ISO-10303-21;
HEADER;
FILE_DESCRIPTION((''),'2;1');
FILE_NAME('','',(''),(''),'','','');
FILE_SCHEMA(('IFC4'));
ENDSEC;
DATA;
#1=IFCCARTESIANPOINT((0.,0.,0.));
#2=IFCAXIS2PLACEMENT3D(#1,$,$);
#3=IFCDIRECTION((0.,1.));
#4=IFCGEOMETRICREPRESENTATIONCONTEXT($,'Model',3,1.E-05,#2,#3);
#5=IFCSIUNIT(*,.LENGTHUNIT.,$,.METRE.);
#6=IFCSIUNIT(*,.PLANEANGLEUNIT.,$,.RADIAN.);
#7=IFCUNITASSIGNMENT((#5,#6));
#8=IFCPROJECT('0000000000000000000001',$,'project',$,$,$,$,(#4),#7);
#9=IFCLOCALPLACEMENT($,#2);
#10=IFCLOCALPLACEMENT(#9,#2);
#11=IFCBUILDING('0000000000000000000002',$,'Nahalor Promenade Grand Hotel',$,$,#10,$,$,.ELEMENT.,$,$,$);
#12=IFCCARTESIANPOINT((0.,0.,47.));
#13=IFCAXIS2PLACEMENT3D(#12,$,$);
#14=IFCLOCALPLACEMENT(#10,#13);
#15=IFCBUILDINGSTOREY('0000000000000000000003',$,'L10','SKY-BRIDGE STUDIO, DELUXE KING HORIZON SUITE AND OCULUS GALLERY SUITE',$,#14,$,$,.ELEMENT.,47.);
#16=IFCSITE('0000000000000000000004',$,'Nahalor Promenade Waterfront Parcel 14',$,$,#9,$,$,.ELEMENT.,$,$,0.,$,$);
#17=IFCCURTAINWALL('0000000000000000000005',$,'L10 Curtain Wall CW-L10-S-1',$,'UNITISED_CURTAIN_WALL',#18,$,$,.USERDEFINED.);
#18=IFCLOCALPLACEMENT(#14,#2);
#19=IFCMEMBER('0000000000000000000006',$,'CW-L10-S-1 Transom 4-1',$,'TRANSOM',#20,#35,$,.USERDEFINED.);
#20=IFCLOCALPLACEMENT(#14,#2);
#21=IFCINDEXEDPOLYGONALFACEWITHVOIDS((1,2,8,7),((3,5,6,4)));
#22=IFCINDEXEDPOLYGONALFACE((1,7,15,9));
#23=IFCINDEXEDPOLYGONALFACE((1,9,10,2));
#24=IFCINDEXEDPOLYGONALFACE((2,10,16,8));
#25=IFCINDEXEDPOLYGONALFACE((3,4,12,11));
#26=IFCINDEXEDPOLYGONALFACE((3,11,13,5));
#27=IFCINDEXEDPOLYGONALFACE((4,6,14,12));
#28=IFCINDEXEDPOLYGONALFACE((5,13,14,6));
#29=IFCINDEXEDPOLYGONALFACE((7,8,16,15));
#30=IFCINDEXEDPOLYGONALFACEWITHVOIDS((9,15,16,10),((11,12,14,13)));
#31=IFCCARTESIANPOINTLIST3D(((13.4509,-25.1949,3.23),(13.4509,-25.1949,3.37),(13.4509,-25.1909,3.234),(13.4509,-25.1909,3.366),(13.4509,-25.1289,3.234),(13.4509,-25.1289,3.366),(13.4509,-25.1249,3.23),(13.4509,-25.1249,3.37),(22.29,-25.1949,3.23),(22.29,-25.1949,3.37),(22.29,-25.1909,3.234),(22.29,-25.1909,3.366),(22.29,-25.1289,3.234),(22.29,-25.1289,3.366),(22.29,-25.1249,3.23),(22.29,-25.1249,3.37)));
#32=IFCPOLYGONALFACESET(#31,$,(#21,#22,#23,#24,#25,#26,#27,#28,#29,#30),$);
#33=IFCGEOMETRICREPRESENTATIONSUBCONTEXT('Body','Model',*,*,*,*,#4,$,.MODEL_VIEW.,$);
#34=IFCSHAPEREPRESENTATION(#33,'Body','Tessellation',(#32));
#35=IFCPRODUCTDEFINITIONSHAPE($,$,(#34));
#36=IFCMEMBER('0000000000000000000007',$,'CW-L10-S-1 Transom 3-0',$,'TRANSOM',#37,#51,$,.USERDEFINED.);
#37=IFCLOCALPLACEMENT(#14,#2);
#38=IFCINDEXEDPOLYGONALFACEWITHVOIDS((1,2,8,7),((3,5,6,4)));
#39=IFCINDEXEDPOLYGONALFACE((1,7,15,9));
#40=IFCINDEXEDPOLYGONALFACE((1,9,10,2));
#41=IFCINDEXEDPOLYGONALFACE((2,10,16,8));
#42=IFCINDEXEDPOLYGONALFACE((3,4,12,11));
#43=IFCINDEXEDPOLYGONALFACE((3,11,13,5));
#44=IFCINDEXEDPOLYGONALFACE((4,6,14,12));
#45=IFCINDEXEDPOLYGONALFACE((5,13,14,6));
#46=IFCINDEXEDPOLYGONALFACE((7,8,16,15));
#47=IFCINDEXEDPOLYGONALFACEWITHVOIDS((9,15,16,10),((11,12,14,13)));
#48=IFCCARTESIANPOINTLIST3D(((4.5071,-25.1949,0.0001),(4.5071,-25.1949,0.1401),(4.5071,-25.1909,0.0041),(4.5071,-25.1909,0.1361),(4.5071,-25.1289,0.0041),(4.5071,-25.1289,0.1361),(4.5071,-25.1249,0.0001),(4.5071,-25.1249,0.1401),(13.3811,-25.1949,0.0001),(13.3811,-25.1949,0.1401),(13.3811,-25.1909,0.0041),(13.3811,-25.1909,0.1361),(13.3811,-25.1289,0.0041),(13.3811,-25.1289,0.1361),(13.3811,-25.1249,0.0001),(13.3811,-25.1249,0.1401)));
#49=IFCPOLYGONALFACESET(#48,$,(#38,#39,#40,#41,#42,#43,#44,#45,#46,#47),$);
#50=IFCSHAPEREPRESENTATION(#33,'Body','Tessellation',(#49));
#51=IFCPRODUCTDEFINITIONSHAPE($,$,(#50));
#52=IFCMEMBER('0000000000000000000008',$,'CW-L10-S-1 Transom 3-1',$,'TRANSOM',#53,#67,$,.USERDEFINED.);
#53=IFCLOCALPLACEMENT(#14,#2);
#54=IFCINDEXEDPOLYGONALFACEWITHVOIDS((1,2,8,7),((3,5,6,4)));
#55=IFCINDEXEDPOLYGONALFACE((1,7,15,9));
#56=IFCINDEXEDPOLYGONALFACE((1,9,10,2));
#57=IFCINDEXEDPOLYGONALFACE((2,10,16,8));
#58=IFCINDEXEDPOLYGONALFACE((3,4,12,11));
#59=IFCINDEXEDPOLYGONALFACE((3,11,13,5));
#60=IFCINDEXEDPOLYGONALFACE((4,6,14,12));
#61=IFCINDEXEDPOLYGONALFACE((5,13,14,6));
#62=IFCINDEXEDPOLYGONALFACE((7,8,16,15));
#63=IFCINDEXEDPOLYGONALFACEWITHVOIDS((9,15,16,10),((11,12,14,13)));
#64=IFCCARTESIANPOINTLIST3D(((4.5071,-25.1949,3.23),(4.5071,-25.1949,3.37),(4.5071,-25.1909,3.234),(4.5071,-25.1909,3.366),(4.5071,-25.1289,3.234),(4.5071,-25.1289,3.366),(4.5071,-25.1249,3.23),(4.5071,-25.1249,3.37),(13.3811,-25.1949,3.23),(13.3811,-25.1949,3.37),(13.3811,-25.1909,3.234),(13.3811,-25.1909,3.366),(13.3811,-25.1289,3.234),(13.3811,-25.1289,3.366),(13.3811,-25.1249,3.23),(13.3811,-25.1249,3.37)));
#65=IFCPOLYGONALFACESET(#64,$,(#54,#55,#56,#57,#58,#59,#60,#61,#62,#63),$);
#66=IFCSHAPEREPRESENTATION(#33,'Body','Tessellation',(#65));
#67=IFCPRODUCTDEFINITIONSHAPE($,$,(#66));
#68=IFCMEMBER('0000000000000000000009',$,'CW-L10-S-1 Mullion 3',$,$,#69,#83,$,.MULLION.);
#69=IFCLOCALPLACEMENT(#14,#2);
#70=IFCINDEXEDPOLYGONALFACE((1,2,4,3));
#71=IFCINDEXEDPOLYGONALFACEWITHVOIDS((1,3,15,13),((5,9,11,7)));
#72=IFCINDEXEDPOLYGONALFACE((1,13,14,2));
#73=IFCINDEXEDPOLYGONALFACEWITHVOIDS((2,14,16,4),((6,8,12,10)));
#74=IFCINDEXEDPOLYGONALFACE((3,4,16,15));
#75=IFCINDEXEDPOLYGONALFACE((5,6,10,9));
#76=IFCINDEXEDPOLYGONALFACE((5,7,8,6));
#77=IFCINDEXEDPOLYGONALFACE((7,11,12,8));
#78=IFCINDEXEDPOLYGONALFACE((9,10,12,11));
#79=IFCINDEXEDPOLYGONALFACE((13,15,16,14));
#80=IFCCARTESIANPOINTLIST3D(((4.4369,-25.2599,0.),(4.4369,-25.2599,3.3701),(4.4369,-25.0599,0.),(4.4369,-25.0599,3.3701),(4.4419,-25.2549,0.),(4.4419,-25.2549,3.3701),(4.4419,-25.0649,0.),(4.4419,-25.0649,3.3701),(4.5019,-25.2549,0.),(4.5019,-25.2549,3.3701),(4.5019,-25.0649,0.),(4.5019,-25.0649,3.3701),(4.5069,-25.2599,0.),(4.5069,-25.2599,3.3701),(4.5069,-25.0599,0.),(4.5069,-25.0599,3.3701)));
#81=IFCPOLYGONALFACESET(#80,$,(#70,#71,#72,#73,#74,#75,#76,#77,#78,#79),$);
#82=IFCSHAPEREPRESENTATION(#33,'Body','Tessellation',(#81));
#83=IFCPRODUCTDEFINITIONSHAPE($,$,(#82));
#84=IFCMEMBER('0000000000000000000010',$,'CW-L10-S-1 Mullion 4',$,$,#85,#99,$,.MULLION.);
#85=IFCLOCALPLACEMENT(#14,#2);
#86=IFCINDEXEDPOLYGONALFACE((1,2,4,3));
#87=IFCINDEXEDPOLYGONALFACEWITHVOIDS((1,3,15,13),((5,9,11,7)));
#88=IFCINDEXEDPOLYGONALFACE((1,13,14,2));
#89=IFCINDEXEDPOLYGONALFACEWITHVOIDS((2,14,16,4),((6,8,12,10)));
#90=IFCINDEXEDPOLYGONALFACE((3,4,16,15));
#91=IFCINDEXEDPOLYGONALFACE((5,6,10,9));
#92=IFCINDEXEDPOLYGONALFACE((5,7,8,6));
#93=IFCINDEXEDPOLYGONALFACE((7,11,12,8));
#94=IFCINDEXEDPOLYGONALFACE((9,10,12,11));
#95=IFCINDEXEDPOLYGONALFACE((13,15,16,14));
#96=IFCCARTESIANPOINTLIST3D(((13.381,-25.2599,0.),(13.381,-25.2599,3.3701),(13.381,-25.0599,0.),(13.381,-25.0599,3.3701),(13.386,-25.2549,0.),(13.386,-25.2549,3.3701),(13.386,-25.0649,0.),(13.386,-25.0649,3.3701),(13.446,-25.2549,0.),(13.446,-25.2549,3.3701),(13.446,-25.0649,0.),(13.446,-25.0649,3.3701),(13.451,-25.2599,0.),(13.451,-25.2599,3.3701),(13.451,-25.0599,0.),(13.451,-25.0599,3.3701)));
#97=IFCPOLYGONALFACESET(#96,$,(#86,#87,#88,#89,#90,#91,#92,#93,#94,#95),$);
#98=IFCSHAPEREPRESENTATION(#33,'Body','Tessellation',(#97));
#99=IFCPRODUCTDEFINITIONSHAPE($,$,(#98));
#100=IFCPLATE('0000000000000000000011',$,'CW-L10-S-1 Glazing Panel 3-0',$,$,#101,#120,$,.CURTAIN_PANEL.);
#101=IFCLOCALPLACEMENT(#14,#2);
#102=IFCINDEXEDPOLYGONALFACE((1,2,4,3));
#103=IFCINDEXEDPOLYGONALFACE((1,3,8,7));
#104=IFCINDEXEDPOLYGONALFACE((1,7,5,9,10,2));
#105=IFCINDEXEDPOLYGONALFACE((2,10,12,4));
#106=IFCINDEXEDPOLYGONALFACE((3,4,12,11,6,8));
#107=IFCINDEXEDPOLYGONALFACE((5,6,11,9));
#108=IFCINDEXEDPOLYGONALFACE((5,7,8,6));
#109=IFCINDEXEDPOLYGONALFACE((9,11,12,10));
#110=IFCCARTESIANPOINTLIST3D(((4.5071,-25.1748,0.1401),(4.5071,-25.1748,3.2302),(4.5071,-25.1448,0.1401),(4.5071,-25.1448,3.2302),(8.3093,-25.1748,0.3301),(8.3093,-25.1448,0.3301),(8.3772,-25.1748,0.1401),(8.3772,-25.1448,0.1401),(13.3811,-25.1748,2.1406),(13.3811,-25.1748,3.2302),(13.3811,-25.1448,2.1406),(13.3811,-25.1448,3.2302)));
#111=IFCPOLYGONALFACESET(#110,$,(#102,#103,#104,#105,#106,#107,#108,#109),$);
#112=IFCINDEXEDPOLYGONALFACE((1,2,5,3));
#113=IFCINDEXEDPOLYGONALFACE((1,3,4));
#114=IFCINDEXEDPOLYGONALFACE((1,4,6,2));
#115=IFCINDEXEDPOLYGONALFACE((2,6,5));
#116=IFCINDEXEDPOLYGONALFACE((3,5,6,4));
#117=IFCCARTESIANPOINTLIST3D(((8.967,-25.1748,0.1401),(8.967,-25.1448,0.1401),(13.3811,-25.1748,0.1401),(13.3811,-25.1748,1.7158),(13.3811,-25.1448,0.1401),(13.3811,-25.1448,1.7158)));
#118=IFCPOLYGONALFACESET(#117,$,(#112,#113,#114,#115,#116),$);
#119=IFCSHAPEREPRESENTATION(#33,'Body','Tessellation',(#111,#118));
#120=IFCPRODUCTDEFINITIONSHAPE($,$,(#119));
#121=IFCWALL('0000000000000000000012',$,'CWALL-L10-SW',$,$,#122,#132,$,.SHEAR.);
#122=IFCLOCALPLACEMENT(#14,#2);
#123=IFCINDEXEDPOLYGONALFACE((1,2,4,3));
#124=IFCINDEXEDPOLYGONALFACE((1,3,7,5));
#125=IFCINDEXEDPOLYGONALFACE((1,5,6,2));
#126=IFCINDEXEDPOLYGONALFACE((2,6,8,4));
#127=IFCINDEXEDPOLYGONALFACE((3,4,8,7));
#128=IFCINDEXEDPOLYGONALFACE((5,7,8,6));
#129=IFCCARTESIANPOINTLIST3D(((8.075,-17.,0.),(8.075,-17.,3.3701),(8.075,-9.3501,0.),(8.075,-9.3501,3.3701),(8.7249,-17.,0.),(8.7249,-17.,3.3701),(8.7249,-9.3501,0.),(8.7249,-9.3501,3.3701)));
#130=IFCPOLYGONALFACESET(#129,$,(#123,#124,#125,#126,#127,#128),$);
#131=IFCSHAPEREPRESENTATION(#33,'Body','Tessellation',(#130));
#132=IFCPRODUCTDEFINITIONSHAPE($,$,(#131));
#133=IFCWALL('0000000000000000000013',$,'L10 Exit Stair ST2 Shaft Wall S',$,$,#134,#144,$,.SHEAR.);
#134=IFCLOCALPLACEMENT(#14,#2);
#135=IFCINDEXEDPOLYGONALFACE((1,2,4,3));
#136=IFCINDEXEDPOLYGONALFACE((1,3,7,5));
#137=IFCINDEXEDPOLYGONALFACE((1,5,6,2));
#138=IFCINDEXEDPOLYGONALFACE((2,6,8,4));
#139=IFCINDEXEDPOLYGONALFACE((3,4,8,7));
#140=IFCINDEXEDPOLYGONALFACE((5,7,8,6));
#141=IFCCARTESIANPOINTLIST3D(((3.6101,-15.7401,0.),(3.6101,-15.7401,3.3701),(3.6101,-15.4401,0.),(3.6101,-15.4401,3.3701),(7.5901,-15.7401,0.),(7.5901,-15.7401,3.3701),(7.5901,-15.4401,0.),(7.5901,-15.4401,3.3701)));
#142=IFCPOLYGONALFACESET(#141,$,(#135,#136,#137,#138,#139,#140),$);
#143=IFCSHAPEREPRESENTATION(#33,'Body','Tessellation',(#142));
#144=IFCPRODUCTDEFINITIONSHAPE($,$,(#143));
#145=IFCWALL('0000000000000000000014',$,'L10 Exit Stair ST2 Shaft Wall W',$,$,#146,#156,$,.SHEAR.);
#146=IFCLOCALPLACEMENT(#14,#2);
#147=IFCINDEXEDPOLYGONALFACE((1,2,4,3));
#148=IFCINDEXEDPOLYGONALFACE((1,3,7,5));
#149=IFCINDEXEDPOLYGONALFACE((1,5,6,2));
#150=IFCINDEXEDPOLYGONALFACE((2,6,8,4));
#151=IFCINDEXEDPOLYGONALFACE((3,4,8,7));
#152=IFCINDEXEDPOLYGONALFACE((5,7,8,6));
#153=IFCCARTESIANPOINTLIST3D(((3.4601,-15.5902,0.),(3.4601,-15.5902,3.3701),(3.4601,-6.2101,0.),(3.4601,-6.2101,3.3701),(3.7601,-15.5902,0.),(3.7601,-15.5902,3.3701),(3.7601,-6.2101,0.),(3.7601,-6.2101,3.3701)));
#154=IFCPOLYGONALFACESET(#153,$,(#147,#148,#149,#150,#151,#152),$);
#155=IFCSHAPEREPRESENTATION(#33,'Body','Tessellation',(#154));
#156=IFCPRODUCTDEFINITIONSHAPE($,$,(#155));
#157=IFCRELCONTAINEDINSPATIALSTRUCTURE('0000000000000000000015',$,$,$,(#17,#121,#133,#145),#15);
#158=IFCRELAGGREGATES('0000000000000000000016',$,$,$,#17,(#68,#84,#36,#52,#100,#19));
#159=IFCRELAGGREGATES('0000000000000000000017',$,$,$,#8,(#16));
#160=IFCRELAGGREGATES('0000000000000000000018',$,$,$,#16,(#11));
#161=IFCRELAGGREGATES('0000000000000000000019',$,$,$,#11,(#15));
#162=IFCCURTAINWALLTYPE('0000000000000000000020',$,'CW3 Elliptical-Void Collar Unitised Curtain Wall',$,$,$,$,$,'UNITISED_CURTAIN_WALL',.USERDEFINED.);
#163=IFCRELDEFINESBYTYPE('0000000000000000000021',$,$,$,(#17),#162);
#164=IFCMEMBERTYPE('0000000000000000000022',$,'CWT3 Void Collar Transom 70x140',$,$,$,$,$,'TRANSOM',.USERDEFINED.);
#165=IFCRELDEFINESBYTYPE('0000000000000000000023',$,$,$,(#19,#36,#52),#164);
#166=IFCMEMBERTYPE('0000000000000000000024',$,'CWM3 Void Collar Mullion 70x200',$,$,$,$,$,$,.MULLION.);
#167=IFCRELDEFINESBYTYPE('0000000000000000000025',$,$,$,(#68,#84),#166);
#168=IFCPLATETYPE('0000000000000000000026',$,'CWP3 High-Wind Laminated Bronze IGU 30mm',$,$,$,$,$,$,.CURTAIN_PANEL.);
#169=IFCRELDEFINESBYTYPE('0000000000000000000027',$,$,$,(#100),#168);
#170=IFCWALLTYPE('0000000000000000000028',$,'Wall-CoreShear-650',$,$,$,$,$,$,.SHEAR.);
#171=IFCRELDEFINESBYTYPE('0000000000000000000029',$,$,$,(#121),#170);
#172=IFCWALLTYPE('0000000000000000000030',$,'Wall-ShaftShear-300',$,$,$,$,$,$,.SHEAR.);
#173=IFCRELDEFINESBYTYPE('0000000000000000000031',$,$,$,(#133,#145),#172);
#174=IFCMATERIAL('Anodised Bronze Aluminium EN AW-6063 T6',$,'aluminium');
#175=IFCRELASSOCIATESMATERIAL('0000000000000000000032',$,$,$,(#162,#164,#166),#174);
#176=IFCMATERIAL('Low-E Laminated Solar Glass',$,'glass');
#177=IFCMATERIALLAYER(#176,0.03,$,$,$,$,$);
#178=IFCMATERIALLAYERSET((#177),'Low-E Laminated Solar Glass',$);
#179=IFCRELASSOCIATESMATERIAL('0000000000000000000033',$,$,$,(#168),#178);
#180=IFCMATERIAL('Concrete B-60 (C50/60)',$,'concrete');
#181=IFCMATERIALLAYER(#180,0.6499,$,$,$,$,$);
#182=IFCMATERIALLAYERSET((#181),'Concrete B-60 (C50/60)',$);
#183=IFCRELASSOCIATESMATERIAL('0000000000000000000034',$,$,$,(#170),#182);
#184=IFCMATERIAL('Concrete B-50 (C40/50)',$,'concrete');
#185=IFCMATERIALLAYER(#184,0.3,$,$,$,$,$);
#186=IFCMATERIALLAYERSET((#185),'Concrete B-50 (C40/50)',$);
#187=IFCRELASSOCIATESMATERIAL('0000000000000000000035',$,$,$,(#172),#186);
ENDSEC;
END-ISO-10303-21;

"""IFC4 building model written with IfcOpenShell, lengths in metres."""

from ifc_helpers import new_model, si_unit, direction, frame, frame_2d, origin, origin_2d, place, context, subcontext, project, spatial, polyline, rectangle, hollow_rectangle, outline, extrude, source, transform, mapped, material, layer, layer_set, material_profile, profile_set, type_object, element, aggregate, save


model = new_model("IFC4")

# Units and contexts
model_context = context("Model", 3, precision=1e-05, world=origin(), true_north=direction((0.0, 1.0)))
body_context = subcontext(model_context, "Body", "Model", "MODEL_VIEW")
ifc_project = project(units=[si_unit("LENGTHUNIT", "METRE"), si_unit("PLANEANGLEUNIT", "RADIAN")], contexts=[model_context])

# Site, building, storey
site_placement = place(None, origin())
site = spatial("IfcSite", under=ifc_project, at=site_placement, Name="Nahalor Promenade Waterfront Parcel 14", CompositionType="ELEMENT", RefElevation=0.0)
building_placement = place(site_placement, origin())
building = spatial("IfcBuilding", under=site, at=building_placement, Name="Nahalor Promenade Grand Hotel", CompositionType="ELEMENT")
storey_placement = place(building_placement, frame((0.0, 0.0, 47.0)))
storey = spatial("IfcBuildingStorey", under=building, at=storey_placement, Name="L10", Description="SKY-BRIDGE STUDIO, DELUXE KING HORIZON SUITE AND OCULUS GALLERY SUITE", CompositionType="ELEMENT", Elevation=47.0)

# Curtain wall, members, plate
ifc_material_1 = material(Name="Anodised Bronze Aluminium EN AW-6063 T6", Category="aluminium")
curtain_wall_type = type_object("IfcCurtainWallType", Name="CW3 Elliptical-Void Collar Unitised Curtain Wall", ElementType="UNITISED_CURTAIN_WALL", PredefinedType="USERDEFINED", material=ifc_material_1)
curtain_wall_placement = place(storey_placement, origin())
curtain_wall = element("IfcCurtainWall", 1, at=curtain_wall_placement, inside=storey, type_object=curtain_wall_type, Name="L10 Curtain Wall CW-L10-S-1", ObjectType="UNITISED_CURTAIN_WALL", PredefinedType="USERDEFINED")
ifc_material_profile_1 = material_profile(ifc_material_1, hollow_rectangle(XDim=0.07, YDim=0.14, WallThickness=0.004, at=origin_2d()), Name="CWT 70x140x4")
ifc_profile_set_1 = profile_set([ifc_material_profile_1], Name="Anodised Bronze Aluminium EN AW-6063 T6")
member_type_1 = type_object("IfcMemberType", Name="CWT3 Void Collar Transom 70x140", ElementType="TRANSOM", PredefinedType="USERDEFINED", material=ifc_profile_set_1)
shared_shape_1 = source(origin(), body_context, "Body", "SweptSolid", [
    extrude(hollow_rectangle(XDim=0.07, YDim=0.14, WallThickness=0.004, at=origin_2d()), origin(), (0.0, 0.0, 1.0), 8.8391),
])
member_1_placement = place(storey_placement, frame((13.4509, -25.1599, 3.3), z_axis=(1.0, 0.0, 0.0), x_axis=(0.0, 1.0, 0.0)))
member_1 = element("IfcMember", 2, at=member_1_placement, type_object=member_type_1, Name="CW-L10-S-1 Transom 4-1", ObjectType="TRANSOM", PredefinedType="USERDEFINED", context=body_context, shape_type="MappedRepresentation", body=[
    mapped(shared_shape_1, transform((0.0, 0.0, 0.0), scale=1.0)),
])
shared_shape_2 = source(origin(), body_context, "Body", "SweptSolid", [
    extrude(hollow_rectangle(XDim=0.07, YDim=0.14, WallThickness=0.004, at=origin_2d()), origin(), (0.0, 0.0, 1.0), 8.874),
])
member_2_placement = place(storey_placement, frame((4.5071, -25.1599, 0.0701), z_axis=(1.0, 0.0, 0.0), x_axis=(0.0, 1.0, 0.0)))
member_2 = element("IfcMember", 3, at=member_2_placement, type_object=member_type_1, Name="CW-L10-S-1 Transom 3-0", ObjectType="TRANSOM", PredefinedType="USERDEFINED", context=body_context, shape_type="MappedRepresentation", body=[
    mapped(shared_shape_2, transform((0.0, 0.0, 0.0), scale=1.0)),
])
member_3_placement = place(storey_placement, frame((4.5071, -25.1599, 3.3), z_axis=(1.0, 0.0, 0.0), x_axis=(0.0, 1.0, 0.0)))
member_3 = element("IfcMember", 4, at=member_3_placement, type_object=member_type_1, Name="CW-L10-S-1 Transom 3-1", ObjectType="TRANSOM", PredefinedType="USERDEFINED", context=body_context, shape_type="MappedRepresentation", body=[
    mapped(shared_shape_2, transform((0.0, 0.0, 0.0), scale=1.0)),
])
ifc_material_profile_2 = material_profile(ifc_material_1, hollow_rectangle(XDim=0.07, YDim=0.2, WallThickness=0.005, at=origin_2d()), Name="CWM 70x200x5")
ifc_profile_set_2 = profile_set([ifc_material_profile_2], Name="Anodised Bronze Aluminium EN AW-6063 T6")
member_type_2 = type_object("IfcMemberType", Name="CWM3 Void Collar Mullion 70x200", PredefinedType="MULLION", material=ifc_profile_set_2)
shared_shape_3 = source(origin(), body_context, "Body", "SweptSolid", [
    extrude(hollow_rectangle(XDim=0.07, YDim=0.2, WallThickness=0.005, at=origin_2d()), origin(), (0.0, 0.0, 1.0), 3.3701),
])
member_4_placement = place(storey_placement, frame((4.4719, -25.1599, 0.0), z_axis=(0.0, 0.0, 1.0), x_axis=(1.0, 0.0, 0.0)))
member_4 = element("IfcMember", 5, at=member_4_placement, type_object=member_type_2, Name="CW-L10-S-1 Mullion 3", PredefinedType="MULLION", context=body_context, shape_type="MappedRepresentation", body=[
    mapped(shared_shape_3, transform((0.0, 0.0, 0.0), scale=1.0)),
])
member_5_placement = place(storey_placement, frame((13.416, -25.1599, 0.0), z_axis=(0.0, 0.0, 1.0), x_axis=(1.0, 0.0, 0.0)))
member_5 = element("IfcMember", 6, at=member_5_placement, type_object=member_type_2, Name="CW-L10-S-1 Mullion 4", PredefinedType="MULLION", context=body_context, shape_type="MappedRepresentation", body=[
    mapped(shared_shape_3, transform((0.0, 0.0, 0.0), scale=1.0)),
])
ifc_material_2 = material(Name="Low-E Laminated Solar Glass", Category="glass")
ifc_layer_1 = layer(ifc_material_2, 0.03)
ifc_layer_set_1 = layer_set([ifc_layer_1], Name="Low-E Laminated Solar Glass")
plate_type = type_object("IfcPlateType", Name="CWP3 High-Wind Laminated Bronze IGU 30mm", PredefinedType="CURTAIN_PANEL", material=ifc_layer_set_1)
plate_placement = place(storey_placement, frame((8.9441, -25.1599, 0.1401), z_axis=(0.0, 0.0, 1.0), x_axis=(1.0, 0.0, 0.0)))
plate = element("IfcPlate", 7, at=plate_placement, type_object=plate_type, Name="CW-L10-S-1 Glazing Panel 3-0", PredefinedType="CURTAIN_PANEL", context=body_context, shape_type="SweptSolid", body=[
    extrude(outline(polyline([(-4.437, 3.0901), (-4.437, 0.0), (-0.5669, 0.0), (-0.6348, 0.1899), (4.437, 2.0005), (4.437, 3.0901), (-4.437, 3.0901)])), frame((0.0, 0.0151, 0.0), z_axis=(0.0, -1.0, 0.0), x_axis=(1.0, 0.0, 0.0)), (0.0, 0.0, 1.0), 0.03),
    extrude(outline(polyline([(0.0229, 0.0), (4.437, 0.0), (4.437, 1.5757), (0.0229, 0.0)])), frame((0.0, 0.0151, 0.0), z_axis=(0.0, -1.0, 0.0), x_axis=(1.0, 0.0, 0.0)), (0.0, 0.0, 1.0), 0.03),
])
aggregate(curtain_wall, [member_4, member_5, member_2, member_3, plate, member_1])

# Walls
ifc_material_3 = material(Name="Concrete B-60 (C50/60)", Category="concrete")
ifc_layer_2 = layer(ifc_material_3, 0.6499)
ifc_layer_set_2 = layer_set([ifc_layer_2], Name="Concrete B-60 (C50/60)")
wall_type_1 = type_object("IfcWallType", Name="Wall-CoreShear-650", PredefinedType="SHEAR", material=ifc_layer_set_2)
shared_shape_4 = source(origin(), body_context, "Body", "SweptSolid", [
    extrude(rectangle(XDim=7.6499, YDim=0.6499, at=frame_2d((3.825, 0.0))), origin(), (0.0, 0.0, 1.0), 3.3701),
])
wall_1_placement = place(storey_placement, frame((8.3999, -17.0, 0.0), z_axis=(0.0, 0.0, 1.0), x_axis=(0.0, 1.0, 0.0)))
element("IfcWall", 8, at=wall_1_placement, inside=storey, type_object=wall_type_1, Name="CWALL-L10-SW", PredefinedType="SHEAR", context=body_context, shape_type="MappedRepresentation", body=[
    mapped(shared_shape_4, transform((0.0, 0.0, 0.0), scale=1.0)),
])
ifc_material_4 = material(Name="Concrete B-50 (C40/50)", Category="concrete")
ifc_layer_3 = layer(ifc_material_4, 0.3)
ifc_layer_set_3 = layer_set([ifc_layer_3], Name="Concrete B-50 (C40/50)")
wall_type_2 = type_object("IfcWallType", Name="Wall-ShaftShear-300", PredefinedType="SHEAR", material=ifc_layer_set_3)
shared_shape_5 = source(origin(), body_context, "Body", "SweptSolid", [
    extrude(rectangle(XDim=3.98, YDim=0.3, at=frame_2d((1.99, 0.0))), origin(), (0.0, 0.0, 1.0), 3.3701),
])
wall_2_placement = place(storey_placement, frame((3.6101, -15.5901, 0.0), z_axis=(0.0, 0.0, 1.0), x_axis=(1.0, 0.0, 0.0)))
element("IfcWall", 9, at=wall_2_placement, inside=storey, type_object=wall_type_2, Name="L10 Exit Stair ST2 Shaft Wall S", PredefinedType="SHEAR", context=body_context, shape_type="MappedRepresentation", body=[
    mapped(shared_shape_5, transform((0.0, 0.0, 0.0), scale=1.0)),
])
shared_shape_6 = source(origin(), body_context, "Body", "SweptSolid", [
    extrude(rectangle(XDim=9.3801, YDim=0.3, at=frame_2d((4.6899, 0.0))), origin(), (0.0, 0.0, 1.0), 3.3701),
])
wall_3_placement = place(storey_placement, frame((3.6101, -15.5901, 0.0), z_axis=(0.0, 0.0, 1.0), x_axis=(0.0, 1.0, 0.0)))
element("IfcWall", 10, at=wall_3_placement, inside=storey, type_object=wall_type_2, Name="L10 Exit Stair ST2 Shaft Wall W", PredefinedType="SHEAR", context=body_context, shape_type="MappedRepresentation", body=[
    mapped(shared_shape_6, transform((0.0, 0.0, 0.0), scale=1.0)),
])

save(model, "model.ifc")
